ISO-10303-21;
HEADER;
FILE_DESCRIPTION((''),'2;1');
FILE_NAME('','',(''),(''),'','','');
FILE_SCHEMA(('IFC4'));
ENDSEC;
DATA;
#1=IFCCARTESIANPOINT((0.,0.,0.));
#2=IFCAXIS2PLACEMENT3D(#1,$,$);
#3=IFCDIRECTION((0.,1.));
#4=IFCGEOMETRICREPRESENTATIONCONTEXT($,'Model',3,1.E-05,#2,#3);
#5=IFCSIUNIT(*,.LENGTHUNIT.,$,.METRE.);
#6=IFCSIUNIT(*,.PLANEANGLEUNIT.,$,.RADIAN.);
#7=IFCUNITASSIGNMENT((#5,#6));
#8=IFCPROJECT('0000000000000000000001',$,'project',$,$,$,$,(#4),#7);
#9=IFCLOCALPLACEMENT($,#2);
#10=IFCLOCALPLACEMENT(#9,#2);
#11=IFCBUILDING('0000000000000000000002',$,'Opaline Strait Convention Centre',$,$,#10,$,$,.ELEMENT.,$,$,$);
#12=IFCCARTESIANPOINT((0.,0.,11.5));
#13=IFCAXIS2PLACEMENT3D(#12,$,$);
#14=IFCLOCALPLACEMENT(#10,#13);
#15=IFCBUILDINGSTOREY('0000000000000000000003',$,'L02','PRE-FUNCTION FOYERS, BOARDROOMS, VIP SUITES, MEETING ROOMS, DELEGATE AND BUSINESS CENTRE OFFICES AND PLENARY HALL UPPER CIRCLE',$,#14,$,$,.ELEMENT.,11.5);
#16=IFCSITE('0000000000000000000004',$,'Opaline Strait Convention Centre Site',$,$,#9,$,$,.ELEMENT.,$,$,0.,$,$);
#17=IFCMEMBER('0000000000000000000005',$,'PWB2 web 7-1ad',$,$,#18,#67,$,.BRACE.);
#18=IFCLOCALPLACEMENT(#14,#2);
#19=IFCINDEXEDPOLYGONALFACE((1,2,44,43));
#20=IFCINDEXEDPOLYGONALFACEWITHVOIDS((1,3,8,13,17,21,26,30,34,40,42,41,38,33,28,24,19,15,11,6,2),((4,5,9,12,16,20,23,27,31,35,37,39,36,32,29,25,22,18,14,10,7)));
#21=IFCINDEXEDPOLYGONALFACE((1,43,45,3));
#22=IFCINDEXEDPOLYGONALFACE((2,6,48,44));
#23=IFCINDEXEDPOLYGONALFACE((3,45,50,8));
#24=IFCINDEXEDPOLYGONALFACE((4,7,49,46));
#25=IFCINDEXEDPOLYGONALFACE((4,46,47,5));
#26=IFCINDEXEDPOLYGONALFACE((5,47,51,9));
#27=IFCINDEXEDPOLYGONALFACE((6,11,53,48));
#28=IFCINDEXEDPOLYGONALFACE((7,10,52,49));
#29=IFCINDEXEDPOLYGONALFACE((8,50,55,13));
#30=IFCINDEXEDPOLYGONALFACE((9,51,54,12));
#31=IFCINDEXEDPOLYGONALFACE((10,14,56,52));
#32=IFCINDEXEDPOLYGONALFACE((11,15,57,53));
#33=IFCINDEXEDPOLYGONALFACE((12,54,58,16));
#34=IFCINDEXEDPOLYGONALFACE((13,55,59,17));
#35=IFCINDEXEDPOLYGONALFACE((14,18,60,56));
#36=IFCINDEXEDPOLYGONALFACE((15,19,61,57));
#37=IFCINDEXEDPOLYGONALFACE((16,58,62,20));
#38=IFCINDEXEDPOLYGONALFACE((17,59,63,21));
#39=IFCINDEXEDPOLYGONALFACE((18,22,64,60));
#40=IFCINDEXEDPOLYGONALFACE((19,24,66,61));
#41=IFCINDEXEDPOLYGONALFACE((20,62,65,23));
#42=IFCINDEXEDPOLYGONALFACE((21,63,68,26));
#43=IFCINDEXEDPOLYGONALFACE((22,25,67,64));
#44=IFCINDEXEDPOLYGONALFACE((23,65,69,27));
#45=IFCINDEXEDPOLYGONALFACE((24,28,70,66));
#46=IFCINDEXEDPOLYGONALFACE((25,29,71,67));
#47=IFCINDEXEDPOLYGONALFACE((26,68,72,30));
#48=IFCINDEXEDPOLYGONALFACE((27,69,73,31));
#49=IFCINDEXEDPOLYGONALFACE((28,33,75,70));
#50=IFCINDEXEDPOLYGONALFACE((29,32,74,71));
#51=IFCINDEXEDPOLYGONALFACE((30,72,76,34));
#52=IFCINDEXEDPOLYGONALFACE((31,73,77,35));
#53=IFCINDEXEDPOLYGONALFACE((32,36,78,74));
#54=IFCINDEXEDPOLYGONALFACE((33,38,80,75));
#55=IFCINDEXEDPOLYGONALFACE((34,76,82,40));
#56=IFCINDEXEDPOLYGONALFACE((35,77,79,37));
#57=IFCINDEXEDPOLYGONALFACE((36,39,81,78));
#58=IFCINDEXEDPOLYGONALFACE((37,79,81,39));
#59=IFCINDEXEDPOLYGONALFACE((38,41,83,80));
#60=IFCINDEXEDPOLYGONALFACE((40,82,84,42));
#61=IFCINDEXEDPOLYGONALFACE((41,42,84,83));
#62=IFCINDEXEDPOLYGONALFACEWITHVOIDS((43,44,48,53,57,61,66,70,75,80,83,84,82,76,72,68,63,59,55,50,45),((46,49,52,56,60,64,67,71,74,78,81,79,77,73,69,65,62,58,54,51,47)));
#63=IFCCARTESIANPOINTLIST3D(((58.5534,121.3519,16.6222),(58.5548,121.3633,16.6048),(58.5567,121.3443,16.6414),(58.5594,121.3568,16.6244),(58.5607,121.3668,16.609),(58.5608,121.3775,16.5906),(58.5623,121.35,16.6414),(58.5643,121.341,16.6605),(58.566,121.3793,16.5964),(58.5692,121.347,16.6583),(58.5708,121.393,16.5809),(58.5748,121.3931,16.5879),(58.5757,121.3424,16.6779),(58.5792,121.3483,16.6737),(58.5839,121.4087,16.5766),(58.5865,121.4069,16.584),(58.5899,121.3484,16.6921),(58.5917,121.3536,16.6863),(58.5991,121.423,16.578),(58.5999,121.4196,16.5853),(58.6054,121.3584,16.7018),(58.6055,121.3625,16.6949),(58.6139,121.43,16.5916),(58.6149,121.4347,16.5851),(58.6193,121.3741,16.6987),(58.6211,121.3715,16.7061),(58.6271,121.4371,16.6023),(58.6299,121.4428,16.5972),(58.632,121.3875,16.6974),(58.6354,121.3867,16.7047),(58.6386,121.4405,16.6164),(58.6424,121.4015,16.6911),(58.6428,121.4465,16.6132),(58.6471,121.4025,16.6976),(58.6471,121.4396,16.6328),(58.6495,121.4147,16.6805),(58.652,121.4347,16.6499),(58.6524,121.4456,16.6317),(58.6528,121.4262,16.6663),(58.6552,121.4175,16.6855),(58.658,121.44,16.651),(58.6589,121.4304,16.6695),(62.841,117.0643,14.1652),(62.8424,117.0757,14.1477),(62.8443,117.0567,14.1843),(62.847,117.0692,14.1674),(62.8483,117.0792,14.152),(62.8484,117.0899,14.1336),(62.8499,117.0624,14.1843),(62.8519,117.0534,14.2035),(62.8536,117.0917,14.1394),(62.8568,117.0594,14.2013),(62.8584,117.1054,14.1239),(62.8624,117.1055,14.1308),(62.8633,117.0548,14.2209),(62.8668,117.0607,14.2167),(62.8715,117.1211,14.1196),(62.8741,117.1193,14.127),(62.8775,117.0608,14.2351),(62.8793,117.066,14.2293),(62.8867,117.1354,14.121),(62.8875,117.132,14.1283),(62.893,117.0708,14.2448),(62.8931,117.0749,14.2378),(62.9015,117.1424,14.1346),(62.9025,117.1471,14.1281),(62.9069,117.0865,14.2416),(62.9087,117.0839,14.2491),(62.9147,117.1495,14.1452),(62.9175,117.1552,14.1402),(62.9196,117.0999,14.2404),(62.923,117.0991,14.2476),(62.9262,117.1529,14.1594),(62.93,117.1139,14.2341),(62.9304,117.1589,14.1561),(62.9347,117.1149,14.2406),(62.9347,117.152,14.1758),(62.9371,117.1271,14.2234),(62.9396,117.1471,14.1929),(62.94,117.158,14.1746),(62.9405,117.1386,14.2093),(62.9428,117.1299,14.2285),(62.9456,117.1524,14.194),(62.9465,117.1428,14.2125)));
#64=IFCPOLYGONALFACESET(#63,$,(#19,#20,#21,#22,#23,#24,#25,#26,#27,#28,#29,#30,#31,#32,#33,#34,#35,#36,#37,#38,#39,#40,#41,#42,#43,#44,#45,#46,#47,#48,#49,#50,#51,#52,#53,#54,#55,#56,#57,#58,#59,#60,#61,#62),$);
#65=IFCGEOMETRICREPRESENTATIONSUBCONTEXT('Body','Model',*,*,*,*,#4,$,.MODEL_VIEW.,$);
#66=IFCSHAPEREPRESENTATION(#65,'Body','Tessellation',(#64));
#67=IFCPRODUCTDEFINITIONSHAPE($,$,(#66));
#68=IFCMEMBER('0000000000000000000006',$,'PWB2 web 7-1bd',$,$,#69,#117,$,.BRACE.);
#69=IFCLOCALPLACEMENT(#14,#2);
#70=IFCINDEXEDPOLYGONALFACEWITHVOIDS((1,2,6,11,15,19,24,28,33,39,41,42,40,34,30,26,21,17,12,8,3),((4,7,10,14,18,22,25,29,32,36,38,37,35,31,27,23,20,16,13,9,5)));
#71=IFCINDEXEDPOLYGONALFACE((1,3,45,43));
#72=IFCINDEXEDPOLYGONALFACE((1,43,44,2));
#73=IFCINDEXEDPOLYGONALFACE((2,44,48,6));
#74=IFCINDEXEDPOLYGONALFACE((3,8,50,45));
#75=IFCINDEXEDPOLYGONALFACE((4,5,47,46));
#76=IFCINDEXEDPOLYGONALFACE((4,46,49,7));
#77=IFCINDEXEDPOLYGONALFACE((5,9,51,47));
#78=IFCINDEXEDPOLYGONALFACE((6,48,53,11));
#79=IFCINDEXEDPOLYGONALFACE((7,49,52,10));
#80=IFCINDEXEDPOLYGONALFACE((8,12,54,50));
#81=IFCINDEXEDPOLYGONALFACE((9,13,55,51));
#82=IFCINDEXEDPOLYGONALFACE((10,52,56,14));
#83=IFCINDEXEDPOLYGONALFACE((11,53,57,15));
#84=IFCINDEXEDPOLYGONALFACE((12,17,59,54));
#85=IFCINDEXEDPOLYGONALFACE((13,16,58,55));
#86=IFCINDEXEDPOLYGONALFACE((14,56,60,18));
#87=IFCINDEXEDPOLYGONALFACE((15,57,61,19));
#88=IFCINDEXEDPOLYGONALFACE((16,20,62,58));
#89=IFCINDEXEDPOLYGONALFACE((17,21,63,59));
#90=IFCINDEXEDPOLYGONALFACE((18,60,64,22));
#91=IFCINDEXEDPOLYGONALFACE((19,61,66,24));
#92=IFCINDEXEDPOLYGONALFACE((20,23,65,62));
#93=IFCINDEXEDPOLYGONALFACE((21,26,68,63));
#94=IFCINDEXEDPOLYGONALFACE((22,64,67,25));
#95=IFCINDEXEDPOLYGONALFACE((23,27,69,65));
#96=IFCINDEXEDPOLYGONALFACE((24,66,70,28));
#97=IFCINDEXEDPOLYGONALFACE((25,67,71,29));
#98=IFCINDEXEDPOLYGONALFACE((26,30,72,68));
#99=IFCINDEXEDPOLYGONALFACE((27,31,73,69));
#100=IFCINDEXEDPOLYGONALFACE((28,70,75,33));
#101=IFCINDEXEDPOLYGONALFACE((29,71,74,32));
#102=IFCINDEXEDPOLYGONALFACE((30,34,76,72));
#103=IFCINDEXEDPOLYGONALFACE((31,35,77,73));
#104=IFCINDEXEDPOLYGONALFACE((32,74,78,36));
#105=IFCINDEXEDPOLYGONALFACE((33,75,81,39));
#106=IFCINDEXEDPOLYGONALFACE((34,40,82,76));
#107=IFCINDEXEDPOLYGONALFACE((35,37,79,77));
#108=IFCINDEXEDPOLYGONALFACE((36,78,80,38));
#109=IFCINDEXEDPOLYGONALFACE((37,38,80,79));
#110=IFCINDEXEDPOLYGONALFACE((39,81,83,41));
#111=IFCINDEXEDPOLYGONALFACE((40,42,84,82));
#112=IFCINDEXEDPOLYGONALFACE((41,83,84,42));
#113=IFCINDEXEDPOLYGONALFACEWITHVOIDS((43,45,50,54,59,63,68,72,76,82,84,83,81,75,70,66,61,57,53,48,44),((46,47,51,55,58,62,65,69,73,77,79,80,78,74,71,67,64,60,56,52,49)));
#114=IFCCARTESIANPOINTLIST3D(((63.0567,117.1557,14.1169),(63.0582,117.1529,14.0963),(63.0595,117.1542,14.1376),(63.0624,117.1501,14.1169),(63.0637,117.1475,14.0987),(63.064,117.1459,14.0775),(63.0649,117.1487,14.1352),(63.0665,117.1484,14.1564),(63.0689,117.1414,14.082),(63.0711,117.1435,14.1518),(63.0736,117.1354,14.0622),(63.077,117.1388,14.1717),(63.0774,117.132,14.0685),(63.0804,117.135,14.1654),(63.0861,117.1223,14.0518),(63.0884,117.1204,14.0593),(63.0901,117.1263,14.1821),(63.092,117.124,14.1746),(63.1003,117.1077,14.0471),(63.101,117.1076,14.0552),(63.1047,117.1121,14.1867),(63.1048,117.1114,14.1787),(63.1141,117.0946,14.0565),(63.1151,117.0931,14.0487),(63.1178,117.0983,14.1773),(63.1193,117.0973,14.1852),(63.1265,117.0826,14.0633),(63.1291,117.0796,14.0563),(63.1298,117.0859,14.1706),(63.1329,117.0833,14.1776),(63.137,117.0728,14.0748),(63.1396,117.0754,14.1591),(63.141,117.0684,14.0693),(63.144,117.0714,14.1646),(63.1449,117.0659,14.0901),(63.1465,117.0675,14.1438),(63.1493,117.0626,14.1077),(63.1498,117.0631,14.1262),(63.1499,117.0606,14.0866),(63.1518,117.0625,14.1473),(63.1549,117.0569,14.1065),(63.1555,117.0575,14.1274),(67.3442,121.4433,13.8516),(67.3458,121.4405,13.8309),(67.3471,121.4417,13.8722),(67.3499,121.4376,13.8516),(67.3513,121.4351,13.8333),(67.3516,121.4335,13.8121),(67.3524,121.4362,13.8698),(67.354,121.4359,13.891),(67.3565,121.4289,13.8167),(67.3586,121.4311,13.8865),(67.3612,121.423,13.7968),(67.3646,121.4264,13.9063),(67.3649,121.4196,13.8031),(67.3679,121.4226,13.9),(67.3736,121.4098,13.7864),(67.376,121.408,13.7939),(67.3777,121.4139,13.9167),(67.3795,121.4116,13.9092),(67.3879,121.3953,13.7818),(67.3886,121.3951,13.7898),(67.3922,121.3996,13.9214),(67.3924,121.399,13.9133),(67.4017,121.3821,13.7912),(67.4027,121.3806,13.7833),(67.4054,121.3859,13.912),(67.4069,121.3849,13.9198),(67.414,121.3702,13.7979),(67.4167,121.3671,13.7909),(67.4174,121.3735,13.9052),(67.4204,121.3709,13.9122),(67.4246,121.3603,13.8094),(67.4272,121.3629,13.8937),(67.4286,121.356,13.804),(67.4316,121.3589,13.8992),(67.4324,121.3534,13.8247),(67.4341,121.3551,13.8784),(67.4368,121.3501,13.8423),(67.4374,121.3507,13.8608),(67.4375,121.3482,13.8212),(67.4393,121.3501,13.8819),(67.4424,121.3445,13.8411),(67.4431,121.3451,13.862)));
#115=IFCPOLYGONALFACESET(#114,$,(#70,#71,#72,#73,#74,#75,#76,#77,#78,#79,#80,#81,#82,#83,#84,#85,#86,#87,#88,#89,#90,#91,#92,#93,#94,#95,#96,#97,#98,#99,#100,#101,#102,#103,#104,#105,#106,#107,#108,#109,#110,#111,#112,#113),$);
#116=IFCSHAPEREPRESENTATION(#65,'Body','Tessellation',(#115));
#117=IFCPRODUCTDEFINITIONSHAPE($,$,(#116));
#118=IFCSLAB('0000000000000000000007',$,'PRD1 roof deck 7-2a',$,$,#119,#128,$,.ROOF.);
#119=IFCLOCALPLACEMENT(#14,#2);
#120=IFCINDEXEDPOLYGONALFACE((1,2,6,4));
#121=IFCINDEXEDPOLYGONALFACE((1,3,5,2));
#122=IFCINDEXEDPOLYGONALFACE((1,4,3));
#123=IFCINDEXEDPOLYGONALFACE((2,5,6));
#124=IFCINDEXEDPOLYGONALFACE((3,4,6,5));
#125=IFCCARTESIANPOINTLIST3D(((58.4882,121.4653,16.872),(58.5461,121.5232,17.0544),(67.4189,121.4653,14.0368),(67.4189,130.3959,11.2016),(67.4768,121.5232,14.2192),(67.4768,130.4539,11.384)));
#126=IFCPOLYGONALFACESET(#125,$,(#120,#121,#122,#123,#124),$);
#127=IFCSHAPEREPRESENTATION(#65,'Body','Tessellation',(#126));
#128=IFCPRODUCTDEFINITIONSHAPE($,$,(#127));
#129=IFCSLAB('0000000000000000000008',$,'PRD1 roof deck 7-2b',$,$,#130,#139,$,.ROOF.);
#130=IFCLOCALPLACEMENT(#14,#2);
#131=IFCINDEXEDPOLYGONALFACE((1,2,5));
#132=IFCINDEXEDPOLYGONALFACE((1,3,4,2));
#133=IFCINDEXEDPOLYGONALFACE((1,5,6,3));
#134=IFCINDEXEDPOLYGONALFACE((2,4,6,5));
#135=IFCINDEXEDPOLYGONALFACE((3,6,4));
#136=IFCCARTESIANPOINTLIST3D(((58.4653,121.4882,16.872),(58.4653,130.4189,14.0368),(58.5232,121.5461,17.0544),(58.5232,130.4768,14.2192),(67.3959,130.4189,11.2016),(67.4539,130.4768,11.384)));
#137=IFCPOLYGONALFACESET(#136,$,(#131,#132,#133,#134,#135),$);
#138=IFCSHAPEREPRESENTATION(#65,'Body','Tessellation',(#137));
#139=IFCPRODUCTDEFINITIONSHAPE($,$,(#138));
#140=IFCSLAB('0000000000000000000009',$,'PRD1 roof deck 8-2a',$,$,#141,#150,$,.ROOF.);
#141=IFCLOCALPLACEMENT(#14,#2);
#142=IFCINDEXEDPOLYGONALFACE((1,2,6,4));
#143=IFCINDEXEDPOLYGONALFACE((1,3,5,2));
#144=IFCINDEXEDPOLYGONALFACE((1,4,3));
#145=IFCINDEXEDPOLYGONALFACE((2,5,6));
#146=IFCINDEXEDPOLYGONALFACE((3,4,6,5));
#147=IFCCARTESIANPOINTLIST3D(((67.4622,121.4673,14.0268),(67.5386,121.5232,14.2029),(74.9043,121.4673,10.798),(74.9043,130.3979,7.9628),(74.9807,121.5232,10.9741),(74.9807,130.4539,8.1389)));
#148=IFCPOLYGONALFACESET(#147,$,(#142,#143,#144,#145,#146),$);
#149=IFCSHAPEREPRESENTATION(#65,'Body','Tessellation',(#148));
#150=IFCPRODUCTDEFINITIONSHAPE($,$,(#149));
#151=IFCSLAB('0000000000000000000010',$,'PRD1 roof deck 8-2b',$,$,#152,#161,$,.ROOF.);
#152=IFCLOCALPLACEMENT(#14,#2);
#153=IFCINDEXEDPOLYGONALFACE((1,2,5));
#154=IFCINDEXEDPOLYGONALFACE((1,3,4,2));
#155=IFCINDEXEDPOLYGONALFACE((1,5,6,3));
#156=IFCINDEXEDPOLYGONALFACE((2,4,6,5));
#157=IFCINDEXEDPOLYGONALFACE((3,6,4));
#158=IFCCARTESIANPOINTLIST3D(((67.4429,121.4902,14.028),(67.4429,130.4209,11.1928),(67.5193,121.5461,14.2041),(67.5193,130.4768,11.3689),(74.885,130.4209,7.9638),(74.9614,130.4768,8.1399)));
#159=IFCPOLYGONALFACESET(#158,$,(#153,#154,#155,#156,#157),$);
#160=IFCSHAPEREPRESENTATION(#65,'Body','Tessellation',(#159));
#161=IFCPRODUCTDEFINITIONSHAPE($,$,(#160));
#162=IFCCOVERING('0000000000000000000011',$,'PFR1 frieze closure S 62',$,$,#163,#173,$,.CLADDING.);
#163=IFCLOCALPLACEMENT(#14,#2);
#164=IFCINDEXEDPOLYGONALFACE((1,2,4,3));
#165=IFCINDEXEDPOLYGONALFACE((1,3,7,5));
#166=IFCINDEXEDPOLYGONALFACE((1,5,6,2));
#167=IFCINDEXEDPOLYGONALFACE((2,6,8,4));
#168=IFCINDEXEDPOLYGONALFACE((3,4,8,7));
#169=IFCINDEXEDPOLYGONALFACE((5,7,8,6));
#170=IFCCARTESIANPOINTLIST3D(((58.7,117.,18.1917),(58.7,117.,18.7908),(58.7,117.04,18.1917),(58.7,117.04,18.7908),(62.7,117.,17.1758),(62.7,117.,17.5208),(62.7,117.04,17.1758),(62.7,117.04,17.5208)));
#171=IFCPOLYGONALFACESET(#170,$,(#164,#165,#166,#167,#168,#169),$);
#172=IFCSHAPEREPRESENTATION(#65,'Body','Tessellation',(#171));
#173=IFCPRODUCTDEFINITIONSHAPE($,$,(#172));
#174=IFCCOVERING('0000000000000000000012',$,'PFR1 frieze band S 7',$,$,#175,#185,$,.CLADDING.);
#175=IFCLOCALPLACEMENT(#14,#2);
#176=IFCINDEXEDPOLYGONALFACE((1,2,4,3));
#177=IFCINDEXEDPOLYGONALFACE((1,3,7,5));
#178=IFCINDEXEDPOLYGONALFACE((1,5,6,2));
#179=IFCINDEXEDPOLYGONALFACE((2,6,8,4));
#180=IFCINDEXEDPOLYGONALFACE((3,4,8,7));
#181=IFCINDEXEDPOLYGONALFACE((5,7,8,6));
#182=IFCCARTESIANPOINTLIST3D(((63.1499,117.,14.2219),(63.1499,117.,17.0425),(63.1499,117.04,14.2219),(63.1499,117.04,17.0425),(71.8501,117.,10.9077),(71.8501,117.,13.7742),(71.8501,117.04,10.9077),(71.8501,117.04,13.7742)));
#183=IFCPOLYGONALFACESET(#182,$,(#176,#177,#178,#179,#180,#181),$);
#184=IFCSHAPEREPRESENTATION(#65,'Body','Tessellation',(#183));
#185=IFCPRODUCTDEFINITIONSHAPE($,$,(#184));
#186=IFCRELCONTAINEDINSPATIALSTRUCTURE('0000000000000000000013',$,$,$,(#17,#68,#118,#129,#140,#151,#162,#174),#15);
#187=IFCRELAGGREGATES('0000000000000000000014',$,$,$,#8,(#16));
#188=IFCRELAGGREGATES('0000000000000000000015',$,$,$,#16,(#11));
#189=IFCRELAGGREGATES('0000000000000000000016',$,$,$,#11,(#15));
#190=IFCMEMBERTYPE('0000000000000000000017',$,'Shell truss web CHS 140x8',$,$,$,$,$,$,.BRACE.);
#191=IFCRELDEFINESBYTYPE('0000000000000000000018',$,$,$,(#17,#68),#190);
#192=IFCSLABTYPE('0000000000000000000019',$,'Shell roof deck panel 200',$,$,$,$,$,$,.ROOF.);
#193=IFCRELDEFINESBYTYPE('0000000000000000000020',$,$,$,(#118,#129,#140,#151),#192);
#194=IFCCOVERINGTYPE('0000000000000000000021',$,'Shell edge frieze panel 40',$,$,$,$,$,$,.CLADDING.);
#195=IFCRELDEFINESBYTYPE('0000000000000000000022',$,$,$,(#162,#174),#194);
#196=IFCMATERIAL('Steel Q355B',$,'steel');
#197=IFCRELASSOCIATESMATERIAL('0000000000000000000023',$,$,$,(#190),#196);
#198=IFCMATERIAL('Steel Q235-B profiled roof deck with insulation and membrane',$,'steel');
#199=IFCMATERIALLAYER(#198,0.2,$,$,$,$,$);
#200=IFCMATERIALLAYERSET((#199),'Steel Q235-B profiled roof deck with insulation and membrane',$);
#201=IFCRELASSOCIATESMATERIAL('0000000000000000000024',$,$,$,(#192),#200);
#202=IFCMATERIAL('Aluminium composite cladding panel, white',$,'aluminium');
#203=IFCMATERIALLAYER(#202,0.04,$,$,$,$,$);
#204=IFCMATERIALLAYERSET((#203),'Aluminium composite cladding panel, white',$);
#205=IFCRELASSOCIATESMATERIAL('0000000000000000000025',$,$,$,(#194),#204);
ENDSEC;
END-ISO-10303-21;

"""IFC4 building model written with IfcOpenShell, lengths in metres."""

from ifc_helpers import new_model, si_unit, direction, frame, origin, origin_2d, place, context, subcontext, project, spatial, polyline, hollow_circle, outline, extrude, material, layer, layer_set, material_profile, profile_set, type_object, element, save


model = new_model("IFC4")

# Units and contexts
model_context = context("Model", 3, precision=1e-05, world=origin(), true_north=direction((0.0, 1.0)))
body_context = subcontext(model_context, "Body", "Model", "MODEL_VIEW")
ifc_project = project(units=[si_unit("LENGTHUNIT", "METRE"), si_unit("PLANEANGLEUNIT", "RADIAN")], contexts=[model_context])

# Site, building, storey
site_placement = place(None, origin())
site = spatial("IfcSite", under=ifc_project, at=site_placement, Name="Opaline Strait Convention Centre Site", CompositionType="ELEMENT", RefElevation=0.0)
building_placement = place(site_placement, origin())
building = spatial("IfcBuilding", under=site, at=building_placement, Name="Opaline Strait Convention Centre", CompositionType="ELEMENT")
storey_placement = place(building_placement, frame((0.0, 0.0, 11.5)))
storey = spatial("IfcBuildingStorey", under=building, at=storey_placement, Name="L02", Description="PRE-FUNCTION FOYERS, BOARDROOMS, VIP SUITES, MEETING ROOMS, DELEGATE AND BUSINESS CENTRE OFFICES AND PLENARY HALL UPPER CIRCLE", CompositionType="ELEMENT", Elevation=11.5)

# Members
ifc_material_1 = material(Name="Steel Q355B", Category="steel")
ifc_material_profile_1 = material_profile(ifc_material_1, hollow_circle(Radius=0.0701, WallThickness=0.0081, at=origin_2d()), Name="CHS 140x8")
ifc_profile_set_1 = profile_set([ifc_material_profile_1], Name="Steel Q355B")
member_type_1 = type_object("IfcMemberType", Name="Shell truss web CHS 140x8", PredefinedType="BRACE", material=ifc_profile_set_1)
member_1_placement = place(storey_placement, frame((62.8938, 117.1062, 14.1843), z_axis=(-0.655348, 0.655348, 0.375551), x_axis=(-0.707107, -0.707107, 0.0)))
element("IfcMember", 1, at=member_1_placement, inside=storey, type_object=member_type_1, Name="PWB2 web 7-1ad", PredefinedType="BRACE", context=body_context, shape_type="SweptSolid", body=[
    extrude(hollow_circle(Radius=0.0701, WallThickness=0.0081, at=origin_2d()), origin(), (0.0, 0.0, 1.0), 6.5425),
])
member_2_placement = place(storey_placement, frame((63.1062, 117.1062, 14.1169), z_axis=(0.706431, 0.706431, -0.043725), x_axis=(-0.707107, 0.707107, 0.0)))
element("IfcMember", 2, at=member_2_placement, inside=storey, type_object=member_type_1, Name="PWB2 web 7-1bd", PredefinedType="BRACE", context=body_context, shape_type="SweptSolid", body=[
    extrude(hollow_circle(Radius=0.0701, WallThickness=0.0081, at=origin_2d()), origin(), (0.0, 0.0, 1.0), 6.0693),
])

# Slabs
ifc_material_2 = material(Name="Steel Q235-B profiled roof deck with insulation and membrane", Category="steel")
ifc_layer_1 = layer(ifc_material_2, 0.2)
ifc_layer_set_1 = layer_set([ifc_layer_1], Name="Steel Q235-B profiled roof deck with insulation and membrane")
slab_type = type_object("IfcSlabType", Name="Shell roof deck panel 200", PredefinedType="ROOF", material=ifc_layer_set_1)
slab_1_placement = place(storey_placement, frame((58.5461, 121.5232, 17.0544), z_axis=(0.289618, 0.289618, 0.912273), x_axis=(0.953122, 0.0, -0.302586)))
element("IfcSlab", 3, at=slab_1_placement, inside=storey, type_object=slab_type, Name="PRD1 roof deck 7-2a", PredefinedType="ROOF", context=body_context, shape_type="SweptSolid", body=[
    extrude(outline(polyline([(0.0, 0.0), (9.3699, 0.0), (10.2278, 9.3306), (0.0, 0.0)])), origin(), (0.0, 0.0, -1.0), 0.2),
])
slab_2_placement = place(storey_placement, frame((58.5232, 121.5461, 17.0544), z_axis=(0.289618, 0.289618, 0.912273), x_axis=(0.645075, 0.645075, -0.409582)))
element("IfcSlab", 4, at=slab_2_placement, inside=storey, type_object=slab_type, Name="PRD1 roof deck 7-2b", PredefinedType="ROOF", context=body_context, shape_type="SweptSolid", body=[
    extrude(outline(polyline([(0.0, 0.0), (13.8444, 0.0), (6.9222, 6.3149), (0.0, 0.0)])), origin(), (0.0, 0.0, -1.0), 0.2),
])
slab_3_placement = place(storey_placement, frame((67.5386, 121.5232, 14.2029), z_axis=(0.382129, 0.279623, 0.880789), x_axis=(0.917383, 0.0, -0.398005)))
element("IfcSlab", 5, at=slab_3_placement, inside=storey, type_object=slab_type, Name="PRD1 roof deck 8-2a", PredefinedType="ROOF", context=body_context, shape_type="SweptSolid", body=[
    extrude(outline(polyline([(0.0, 0.0), (8.1124, 0.0), (9.2408, 9.3017), (0.0, 0.0)])), origin(), (0.0, 0.0, -1.0), 0.2),
])
slab_4_placement = place(storey_placement, frame((67.5193, 121.5461, 14.2041), z_axis=(0.382153, 0.27962, 0.880779), x_axis=(0.567595, 0.681121, -0.462503)))
element("IfcSlab", 6, at=slab_4_placement, inside=storey, type_object=slab_type, Name="PRD1 roof deck 8-2b", PredefinedType="ROOF", context=body_context, shape_type="SweptSolid", body=[
    extrude(outline(polyline([(0.0, 0.0), (13.1117, 0.0), (7.3942, 5.7551), (0.0, 0.0)])), origin(), (0.0, 0.0, -1.0), 0.2),
])

# Coverings
ifc_material_3 = material(Name="Aluminium composite cladding panel, white", Category="aluminium")
ifc_layer_2 = layer(ifc_material_3, 0.04)
ifc_layer_set_2 = layer_set([ifc_layer_2], Name="Aluminium composite cladding panel, white")
covering_type = type_object("IfcCoveringType", Name="Shell edge frieze panel 40", PredefinedType="CLADDING", material=ifc_layer_set_2)
covering_1_placement = place(storey_placement, frame((58.7, 117.0, 18.1917), z_axis=(0.0, -1.0, 0.0), x_axis=(0.969231, 0.0, -0.246153)))
element("IfcCovering", 7, at=covering_1_placement, inside=storey, type_object=covering_type, Name="PFR1 frieze closure S 62", PredefinedType="CLADDING", context=body_context, shape_type="SweptSolid", body=[
    extrude(outline(polyline([(0.0, 0.0), (4.127, 0.0), (4.0421, 0.3344), (-0.1475, 0.5807), (0.0, 0.0)])), origin(), (0.0, 0.0, -1.0), 0.04),
])
covering_2_placement = place(storey_placement, frame((63.1499, 117.0, 14.2219), z_axis=(0.0, -1.0, 0.0), x_axis=(0.934493, 0.0, -0.355981)))
element("IfcCovering", 8, at=covering_2_placement, inside=storey, type_object=covering_type, Name="PFR1 frieze band S 7", PredefinedType="CLADDING", context=body_context, shape_type="SweptSolid", body=[
    extrude(outline(polyline([(0.0, 0.0), (9.3101, 0.0), (8.2897, 2.6787), (-1.0041, 2.6358), (0.0, 0.0)])), origin(), (0.0, 0.0, -1.0), 0.04),
])

save(model, "model.ifc")
